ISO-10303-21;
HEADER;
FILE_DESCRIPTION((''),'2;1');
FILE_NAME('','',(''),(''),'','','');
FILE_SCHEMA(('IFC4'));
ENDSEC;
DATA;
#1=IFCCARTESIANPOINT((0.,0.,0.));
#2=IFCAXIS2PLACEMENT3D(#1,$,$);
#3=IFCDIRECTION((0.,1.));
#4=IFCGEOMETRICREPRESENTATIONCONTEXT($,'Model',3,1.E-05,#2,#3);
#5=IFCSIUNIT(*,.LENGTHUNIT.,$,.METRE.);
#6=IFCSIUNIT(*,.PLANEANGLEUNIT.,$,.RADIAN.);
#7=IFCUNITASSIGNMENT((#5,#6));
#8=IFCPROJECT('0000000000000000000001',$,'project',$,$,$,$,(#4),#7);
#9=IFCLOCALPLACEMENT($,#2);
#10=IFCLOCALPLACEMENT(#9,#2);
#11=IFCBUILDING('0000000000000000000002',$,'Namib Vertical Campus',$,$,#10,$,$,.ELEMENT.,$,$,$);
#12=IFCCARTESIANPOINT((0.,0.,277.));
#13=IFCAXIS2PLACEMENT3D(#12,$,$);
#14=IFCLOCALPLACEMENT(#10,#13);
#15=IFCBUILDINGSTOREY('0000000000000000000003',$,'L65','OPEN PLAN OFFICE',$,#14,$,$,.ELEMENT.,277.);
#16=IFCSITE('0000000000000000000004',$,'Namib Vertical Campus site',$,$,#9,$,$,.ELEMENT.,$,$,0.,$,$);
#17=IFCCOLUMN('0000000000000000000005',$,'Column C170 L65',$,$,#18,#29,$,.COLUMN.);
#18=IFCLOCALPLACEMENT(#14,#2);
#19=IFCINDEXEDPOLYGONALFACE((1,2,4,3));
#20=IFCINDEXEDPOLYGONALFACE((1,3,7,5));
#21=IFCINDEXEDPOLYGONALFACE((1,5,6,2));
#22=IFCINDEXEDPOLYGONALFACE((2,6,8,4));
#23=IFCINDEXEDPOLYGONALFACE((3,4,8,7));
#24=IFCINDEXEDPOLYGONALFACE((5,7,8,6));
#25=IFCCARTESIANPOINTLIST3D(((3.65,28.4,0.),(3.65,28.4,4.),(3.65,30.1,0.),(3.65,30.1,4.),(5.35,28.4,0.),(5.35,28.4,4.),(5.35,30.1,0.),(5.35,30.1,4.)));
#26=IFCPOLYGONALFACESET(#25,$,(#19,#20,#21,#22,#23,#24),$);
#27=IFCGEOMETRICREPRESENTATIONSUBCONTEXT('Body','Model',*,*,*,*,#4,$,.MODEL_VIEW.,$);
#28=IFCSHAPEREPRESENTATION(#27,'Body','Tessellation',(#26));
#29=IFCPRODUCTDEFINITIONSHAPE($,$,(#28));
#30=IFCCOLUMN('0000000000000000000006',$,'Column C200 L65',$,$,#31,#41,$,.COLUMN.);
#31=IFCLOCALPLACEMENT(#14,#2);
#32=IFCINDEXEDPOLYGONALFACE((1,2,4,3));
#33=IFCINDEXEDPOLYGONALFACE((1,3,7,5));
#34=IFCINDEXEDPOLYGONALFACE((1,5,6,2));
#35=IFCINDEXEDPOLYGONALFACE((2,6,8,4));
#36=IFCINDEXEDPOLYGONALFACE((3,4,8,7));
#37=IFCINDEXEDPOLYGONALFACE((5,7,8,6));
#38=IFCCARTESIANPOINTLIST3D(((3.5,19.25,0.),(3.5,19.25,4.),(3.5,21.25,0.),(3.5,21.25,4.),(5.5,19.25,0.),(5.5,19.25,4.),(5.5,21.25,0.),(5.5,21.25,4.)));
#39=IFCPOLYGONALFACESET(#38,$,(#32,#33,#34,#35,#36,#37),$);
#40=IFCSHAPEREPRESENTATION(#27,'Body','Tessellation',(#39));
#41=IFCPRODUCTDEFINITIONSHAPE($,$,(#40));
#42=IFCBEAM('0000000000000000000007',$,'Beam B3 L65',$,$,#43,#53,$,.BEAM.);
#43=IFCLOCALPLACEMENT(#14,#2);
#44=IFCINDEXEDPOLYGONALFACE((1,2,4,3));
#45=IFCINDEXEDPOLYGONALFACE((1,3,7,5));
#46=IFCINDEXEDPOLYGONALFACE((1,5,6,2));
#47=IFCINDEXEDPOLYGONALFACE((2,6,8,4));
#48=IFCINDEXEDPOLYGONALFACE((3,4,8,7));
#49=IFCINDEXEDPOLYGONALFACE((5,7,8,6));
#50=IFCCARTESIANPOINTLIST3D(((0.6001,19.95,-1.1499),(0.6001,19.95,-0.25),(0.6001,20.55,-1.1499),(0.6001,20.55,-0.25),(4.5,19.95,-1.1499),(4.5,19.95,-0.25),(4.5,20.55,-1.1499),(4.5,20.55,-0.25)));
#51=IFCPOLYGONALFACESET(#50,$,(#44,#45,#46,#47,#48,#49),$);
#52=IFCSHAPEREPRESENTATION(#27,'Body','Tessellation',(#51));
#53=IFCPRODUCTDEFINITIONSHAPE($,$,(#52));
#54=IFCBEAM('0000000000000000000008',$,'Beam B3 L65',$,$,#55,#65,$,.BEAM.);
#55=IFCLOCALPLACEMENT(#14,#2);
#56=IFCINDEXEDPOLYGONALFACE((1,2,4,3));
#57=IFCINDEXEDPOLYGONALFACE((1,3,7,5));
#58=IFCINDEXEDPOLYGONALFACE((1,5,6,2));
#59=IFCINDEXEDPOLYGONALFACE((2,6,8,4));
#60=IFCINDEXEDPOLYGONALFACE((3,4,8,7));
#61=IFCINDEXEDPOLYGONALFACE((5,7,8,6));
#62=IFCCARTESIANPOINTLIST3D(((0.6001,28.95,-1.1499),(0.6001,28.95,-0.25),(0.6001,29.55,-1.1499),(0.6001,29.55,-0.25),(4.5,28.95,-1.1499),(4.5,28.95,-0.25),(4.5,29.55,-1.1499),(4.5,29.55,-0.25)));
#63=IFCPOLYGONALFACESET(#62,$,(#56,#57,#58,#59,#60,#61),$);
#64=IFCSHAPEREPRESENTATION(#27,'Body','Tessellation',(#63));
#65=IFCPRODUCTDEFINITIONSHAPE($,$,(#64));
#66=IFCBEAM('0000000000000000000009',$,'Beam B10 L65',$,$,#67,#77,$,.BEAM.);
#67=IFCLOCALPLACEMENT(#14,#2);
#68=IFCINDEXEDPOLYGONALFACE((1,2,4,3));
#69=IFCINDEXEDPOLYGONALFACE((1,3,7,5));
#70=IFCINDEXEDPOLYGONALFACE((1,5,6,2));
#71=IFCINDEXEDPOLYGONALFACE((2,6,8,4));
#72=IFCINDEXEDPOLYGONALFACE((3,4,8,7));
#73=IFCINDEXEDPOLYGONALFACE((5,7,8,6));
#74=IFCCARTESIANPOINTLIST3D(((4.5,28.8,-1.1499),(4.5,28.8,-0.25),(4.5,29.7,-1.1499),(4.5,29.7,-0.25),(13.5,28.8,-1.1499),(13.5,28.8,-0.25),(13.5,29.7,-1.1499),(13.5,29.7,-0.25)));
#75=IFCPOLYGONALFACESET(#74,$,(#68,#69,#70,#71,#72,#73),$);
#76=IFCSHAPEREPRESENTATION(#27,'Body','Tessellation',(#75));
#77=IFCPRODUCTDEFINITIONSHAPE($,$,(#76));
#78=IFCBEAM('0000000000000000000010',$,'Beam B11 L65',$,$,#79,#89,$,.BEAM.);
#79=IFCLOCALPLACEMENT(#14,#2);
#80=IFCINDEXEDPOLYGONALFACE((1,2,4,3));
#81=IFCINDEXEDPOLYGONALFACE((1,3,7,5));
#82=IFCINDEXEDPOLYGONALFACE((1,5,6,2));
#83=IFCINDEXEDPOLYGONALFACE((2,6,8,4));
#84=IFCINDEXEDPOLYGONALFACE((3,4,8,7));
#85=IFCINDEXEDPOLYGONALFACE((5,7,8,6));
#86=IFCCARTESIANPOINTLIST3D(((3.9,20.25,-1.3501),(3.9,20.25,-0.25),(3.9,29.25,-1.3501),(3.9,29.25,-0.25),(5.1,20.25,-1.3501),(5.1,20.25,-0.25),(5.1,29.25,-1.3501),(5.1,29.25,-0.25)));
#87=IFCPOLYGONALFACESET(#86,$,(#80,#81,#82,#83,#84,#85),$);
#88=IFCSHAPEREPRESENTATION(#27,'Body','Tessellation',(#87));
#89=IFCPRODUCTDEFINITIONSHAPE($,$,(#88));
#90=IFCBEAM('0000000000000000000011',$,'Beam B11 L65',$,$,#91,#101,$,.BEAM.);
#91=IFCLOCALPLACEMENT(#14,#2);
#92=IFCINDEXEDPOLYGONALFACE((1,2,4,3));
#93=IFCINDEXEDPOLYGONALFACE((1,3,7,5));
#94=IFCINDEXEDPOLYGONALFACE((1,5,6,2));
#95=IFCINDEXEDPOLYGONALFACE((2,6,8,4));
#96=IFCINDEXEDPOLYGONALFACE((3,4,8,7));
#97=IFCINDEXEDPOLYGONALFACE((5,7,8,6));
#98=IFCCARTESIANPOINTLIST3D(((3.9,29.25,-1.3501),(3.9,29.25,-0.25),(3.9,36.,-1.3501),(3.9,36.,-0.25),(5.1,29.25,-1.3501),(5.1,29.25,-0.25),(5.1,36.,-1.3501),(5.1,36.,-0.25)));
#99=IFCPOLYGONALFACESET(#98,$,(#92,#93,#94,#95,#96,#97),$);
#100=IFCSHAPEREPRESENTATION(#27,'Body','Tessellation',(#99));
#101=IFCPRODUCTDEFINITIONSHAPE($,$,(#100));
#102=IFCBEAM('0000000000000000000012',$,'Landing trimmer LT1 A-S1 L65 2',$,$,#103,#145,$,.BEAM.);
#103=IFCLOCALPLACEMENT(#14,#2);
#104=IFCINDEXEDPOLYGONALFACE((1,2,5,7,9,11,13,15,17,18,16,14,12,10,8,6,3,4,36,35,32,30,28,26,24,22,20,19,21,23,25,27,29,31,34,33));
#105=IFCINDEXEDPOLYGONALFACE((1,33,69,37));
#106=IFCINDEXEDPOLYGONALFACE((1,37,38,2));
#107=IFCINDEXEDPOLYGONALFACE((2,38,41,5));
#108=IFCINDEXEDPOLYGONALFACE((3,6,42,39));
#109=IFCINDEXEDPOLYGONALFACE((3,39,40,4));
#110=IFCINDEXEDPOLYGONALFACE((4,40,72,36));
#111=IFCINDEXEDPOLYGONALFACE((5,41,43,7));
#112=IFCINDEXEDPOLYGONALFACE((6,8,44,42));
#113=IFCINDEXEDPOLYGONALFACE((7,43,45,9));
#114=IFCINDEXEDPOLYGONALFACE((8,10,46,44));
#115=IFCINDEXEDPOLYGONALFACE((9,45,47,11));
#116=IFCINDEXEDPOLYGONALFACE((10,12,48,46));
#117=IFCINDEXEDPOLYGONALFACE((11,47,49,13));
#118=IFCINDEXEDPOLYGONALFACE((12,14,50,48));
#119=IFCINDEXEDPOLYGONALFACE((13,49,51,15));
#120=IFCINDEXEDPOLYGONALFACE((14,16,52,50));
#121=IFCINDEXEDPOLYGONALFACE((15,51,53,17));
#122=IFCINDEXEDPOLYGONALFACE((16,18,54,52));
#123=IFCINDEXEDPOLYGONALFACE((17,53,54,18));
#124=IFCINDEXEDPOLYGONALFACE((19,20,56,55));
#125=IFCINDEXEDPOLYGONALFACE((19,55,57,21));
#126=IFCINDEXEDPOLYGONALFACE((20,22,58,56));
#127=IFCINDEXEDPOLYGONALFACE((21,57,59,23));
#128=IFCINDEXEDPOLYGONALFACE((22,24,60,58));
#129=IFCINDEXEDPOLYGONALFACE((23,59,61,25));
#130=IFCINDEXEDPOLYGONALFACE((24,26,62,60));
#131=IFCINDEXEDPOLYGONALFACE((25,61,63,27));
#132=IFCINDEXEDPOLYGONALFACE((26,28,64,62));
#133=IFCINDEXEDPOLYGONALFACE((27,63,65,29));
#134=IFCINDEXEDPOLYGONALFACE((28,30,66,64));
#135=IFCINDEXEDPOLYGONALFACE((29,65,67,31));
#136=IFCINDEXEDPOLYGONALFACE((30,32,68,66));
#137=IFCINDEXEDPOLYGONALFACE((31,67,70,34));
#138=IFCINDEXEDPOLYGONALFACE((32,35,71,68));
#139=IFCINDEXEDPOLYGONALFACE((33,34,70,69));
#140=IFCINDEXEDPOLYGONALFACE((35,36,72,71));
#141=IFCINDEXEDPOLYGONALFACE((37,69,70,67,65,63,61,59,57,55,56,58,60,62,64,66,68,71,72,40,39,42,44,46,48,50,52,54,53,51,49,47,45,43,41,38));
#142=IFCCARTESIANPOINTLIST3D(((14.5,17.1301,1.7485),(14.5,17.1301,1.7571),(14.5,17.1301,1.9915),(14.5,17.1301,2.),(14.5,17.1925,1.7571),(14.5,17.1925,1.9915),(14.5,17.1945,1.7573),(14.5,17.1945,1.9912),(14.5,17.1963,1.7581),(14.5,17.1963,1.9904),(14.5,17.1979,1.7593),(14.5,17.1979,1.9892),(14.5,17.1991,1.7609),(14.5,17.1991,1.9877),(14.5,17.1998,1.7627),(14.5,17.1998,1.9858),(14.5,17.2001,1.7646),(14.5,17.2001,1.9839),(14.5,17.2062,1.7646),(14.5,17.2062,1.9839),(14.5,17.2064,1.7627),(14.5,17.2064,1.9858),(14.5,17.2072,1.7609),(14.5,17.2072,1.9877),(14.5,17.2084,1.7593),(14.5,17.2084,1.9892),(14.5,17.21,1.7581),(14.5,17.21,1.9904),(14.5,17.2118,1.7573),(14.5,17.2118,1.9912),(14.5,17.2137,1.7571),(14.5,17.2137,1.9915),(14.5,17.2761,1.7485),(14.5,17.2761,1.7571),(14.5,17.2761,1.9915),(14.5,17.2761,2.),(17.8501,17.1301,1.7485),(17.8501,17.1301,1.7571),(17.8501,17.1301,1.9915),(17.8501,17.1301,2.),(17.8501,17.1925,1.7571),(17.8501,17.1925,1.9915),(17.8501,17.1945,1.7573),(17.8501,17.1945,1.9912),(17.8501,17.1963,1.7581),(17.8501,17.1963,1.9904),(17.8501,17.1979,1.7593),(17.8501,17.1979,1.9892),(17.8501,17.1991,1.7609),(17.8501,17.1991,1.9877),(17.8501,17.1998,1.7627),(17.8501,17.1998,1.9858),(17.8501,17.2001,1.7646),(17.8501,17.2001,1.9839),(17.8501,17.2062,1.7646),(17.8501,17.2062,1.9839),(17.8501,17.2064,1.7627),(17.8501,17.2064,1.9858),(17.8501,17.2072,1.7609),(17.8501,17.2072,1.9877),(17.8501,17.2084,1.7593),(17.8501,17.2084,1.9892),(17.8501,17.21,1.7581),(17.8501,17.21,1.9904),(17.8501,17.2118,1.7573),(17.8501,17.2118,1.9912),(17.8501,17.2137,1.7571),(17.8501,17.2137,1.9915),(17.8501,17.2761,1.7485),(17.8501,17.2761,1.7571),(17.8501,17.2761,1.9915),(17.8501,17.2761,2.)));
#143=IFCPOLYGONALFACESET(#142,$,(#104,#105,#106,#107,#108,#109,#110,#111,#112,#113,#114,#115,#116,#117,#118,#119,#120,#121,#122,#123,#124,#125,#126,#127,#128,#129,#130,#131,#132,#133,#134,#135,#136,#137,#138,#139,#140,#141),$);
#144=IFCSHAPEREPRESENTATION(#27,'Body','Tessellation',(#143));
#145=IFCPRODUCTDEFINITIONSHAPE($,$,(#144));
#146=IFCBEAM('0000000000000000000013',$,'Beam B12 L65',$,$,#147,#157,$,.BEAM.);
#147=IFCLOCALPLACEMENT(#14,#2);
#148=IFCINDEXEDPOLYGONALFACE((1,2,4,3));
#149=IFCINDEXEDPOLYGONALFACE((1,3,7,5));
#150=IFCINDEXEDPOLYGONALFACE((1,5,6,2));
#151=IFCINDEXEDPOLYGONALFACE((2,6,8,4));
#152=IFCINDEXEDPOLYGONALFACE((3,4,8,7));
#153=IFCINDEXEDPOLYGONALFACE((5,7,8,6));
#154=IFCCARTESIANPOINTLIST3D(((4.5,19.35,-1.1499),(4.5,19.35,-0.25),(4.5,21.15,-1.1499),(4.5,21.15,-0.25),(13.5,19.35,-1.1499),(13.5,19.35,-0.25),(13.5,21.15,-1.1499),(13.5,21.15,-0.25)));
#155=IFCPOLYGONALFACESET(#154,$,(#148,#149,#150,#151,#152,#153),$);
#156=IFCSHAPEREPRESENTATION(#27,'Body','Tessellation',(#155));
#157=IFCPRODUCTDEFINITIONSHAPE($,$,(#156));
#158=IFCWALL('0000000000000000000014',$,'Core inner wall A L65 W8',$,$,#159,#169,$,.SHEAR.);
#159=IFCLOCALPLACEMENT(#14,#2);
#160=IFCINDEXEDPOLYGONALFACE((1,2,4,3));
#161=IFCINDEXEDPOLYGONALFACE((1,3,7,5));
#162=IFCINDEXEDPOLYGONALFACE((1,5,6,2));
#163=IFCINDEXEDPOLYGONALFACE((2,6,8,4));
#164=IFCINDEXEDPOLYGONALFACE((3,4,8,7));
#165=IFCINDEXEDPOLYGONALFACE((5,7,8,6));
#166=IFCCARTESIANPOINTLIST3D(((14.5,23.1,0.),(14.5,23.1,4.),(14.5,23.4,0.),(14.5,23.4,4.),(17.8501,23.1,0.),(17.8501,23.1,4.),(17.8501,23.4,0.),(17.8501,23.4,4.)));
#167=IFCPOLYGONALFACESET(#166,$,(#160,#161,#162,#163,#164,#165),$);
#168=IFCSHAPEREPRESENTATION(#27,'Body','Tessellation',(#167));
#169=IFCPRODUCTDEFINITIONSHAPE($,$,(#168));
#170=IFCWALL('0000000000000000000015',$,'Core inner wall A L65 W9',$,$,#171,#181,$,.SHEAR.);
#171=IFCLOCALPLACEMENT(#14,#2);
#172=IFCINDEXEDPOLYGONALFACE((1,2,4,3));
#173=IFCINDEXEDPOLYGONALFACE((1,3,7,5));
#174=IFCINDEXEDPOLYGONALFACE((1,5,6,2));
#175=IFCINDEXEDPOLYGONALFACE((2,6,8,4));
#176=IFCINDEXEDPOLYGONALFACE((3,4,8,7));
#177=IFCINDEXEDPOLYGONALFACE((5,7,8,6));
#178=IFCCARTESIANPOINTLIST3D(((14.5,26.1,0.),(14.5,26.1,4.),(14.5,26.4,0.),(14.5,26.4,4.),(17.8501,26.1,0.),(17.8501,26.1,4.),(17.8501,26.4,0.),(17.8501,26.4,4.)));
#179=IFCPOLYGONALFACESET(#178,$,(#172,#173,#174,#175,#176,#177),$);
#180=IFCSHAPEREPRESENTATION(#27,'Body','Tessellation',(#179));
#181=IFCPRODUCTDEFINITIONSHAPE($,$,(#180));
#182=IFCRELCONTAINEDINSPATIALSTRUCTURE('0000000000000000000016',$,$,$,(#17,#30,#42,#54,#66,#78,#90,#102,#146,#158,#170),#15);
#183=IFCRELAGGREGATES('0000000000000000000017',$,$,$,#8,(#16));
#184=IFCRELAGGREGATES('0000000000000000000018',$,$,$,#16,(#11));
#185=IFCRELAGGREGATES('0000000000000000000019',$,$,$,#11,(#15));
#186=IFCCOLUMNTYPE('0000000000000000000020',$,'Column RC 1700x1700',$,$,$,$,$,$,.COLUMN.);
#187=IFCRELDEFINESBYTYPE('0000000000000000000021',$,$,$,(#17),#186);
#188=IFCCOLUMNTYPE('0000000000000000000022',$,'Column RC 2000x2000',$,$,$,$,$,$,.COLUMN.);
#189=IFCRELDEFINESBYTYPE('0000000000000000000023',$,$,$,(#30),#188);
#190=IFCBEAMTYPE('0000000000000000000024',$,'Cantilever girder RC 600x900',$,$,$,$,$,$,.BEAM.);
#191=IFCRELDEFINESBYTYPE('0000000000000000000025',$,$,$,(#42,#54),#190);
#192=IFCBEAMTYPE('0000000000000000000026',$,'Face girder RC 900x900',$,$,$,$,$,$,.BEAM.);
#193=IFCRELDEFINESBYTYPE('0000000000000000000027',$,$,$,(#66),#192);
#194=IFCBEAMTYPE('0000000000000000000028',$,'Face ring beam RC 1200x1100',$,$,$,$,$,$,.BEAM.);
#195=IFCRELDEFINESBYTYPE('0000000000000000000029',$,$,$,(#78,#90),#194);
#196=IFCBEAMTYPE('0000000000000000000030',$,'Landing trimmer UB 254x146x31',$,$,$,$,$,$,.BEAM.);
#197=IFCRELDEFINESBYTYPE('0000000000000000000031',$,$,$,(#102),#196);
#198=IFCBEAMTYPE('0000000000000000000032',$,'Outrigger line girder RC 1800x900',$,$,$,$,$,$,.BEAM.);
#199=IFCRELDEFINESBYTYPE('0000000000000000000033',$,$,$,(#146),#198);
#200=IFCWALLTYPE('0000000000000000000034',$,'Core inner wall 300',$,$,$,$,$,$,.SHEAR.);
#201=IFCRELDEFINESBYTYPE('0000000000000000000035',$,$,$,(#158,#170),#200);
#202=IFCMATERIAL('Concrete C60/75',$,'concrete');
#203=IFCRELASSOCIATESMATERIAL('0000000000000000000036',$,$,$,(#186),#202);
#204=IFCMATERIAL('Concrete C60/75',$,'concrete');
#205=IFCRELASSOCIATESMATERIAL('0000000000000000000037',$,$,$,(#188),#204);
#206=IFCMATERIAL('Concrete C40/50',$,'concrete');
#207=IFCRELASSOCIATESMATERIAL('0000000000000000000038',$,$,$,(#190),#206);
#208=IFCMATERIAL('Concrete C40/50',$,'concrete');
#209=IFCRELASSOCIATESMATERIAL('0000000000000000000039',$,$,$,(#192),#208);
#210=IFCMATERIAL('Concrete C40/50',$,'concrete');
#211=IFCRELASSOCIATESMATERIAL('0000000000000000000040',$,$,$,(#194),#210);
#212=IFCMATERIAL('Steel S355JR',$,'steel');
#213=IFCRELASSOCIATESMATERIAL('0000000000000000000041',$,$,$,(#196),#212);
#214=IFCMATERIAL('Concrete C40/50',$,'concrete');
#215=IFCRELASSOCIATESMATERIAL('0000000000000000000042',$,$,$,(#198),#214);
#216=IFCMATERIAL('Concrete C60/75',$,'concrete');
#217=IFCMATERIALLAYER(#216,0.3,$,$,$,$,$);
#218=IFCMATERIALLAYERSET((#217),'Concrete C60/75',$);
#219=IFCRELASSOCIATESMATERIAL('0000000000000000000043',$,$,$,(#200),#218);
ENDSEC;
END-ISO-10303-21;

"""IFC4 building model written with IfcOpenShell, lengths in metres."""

from ifc_helpers import new_model, si_unit, direction, frame, frame_2d, origin, origin_2d, place, context, subcontext, project, spatial, rectangle, i_section, extrude, material, layer, layer_set, material_profile, profile_set, type_object, element, save


model = new_model("IFC4")

# Units and contexts
model_context = context("Model", 3, precision=1e-05, world=origin(), true_north=direction((0.0, 1.0)))
body_context = subcontext(model_context, "Body", "Model", "MODEL_VIEW")
ifc_project = project(units=[si_unit("LENGTHUNIT", "METRE"), si_unit("PLANEANGLEUNIT", "RADIAN")], contexts=[model_context])

# Site, building, storey
site_placement = place(None, origin())
site = spatial("IfcSite", under=ifc_project, at=site_placement, Name="Namib Vertical Campus site", CompositionType="ELEMENT", RefElevation=0.0)
building_placement = place(site_placement, origin())
building = spatial("IfcBuilding", under=site, at=building_placement, Name="Namib Vertical Campus", CompositionType="ELEMENT")
storey_placement = place(building_placement, frame((0.0, 0.0, 277.0)))
storey = spatial("IfcBuildingStorey", under=building, at=storey_placement, Name="L65", Description="OPEN PLAN OFFICE", CompositionType="ELEMENT", Elevation=277.0)

# Columns
ifc_material_1 = material(Name="Concrete C60/75", Category="concrete")
ifc_material_profile_1 = material_profile(ifc_material_1, rectangle(XDim=1.7, YDim=1.7, at=origin_2d()))
ifc_profile_set_1 = profile_set([ifc_material_profile_1], Name="Concrete C60/75")
column_type_1 = type_object("IfcColumnType", Name="Column RC 1700x1700", PredefinedType="COLUMN", material=ifc_profile_set_1)
column_1_placement = place(storey_placement, frame((4.5, 29.25, 0.0), z_axis=(0.0, 0.0, 1.0), x_axis=(1.0, 0.0, 0.0)))
element("IfcColumn", 1, at=column_1_placement, inside=storey, type_object=column_type_1, Name="Column C170 L65", PredefinedType="COLUMN", context=body_context, shape_type="SweptSolid", body=[
    extrude(rectangle(XDim=1.7, YDim=1.7, at=origin_2d()), origin(), (0.0, 0.0, 1.0), 4.0),
])
ifc_material_2 = material(Name="Concrete C60/75", Category="concrete")
ifc_material_profile_2 = material_profile(ifc_material_2, rectangle(XDim=2.0, YDim=2.0, at=origin_2d()))
ifc_profile_set_2 = profile_set([ifc_material_profile_2], Name="Concrete C60/75")
column_type_2 = type_object("IfcColumnType", Name="Column RC 2000x2000", PredefinedType="COLUMN", material=ifc_profile_set_2)
column_2_placement = place(storey_placement, frame((4.5, 20.25, 0.0), z_axis=(0.0, 0.0, 1.0), x_axis=(1.0, 0.0, 0.0)))
element("IfcColumn", 2, at=column_2_placement, inside=storey, type_object=column_type_2, Name="Column C200 L65", PredefinedType="COLUMN", context=body_context, shape_type="SweptSolid", body=[
    extrude(rectangle(XDim=2.0, YDim=2.0, at=origin_2d()), origin(), (0.0, 0.0, 1.0), 4.0),
])

# Beams
ifc_material_3 = material(Name="Concrete C40/50", Category="concrete")
ifc_material_profile_3 = material_profile(ifc_material_3, rectangle(XDim=0.6001, YDim=0.8999, at=origin_2d()))
ifc_profile_set_3 = profile_set([ifc_material_profile_3], Name="Concrete C40/50")
beam_type_1 = type_object("IfcBeamType", Name="Cantilever girder RC 600x900", PredefinedType="BEAM", material=ifc_profile_set_3)
for number, where, z_axis, x_axis, name in (
    (3, (4.5, 20.25, -0.7), (-1.0, 0.0, 0.0), (0.0, -1.0, 0.0), "Beam B3 L65"),
    (4, (4.5, 29.25, -0.7), (-1.0, 0.0, 0.0), (0.0, -1.0, 0.0), "Beam B3 L65"),
):
    element("IfcBeam", number, at=place(storey_placement, frame(where, z_axis=z_axis, x_axis=x_axis)), inside=storey, type_object=beam_type_1, Name=name, PredefinedType="BEAM", context=body_context, shape_type="SweptSolid", body=[
        extrude(rectangle(XDim=0.6001, YDim=0.8999, at=origin_2d()), origin(), (0.0, 0.0, 1.0), 3.8999),
    ])
ifc_material_4 = material(Name="Concrete C40/50", Category="concrete")
ifc_material_profile_4 = material_profile(ifc_material_4, rectangle(XDim=0.8999, YDim=0.8999, at=origin_2d()))
ifc_profile_set_4 = profile_set([ifc_material_profile_4], Name="Concrete C40/50")
beam_type_2 = type_object("IfcBeamType", Name="Face girder RC 900x900", PredefinedType="BEAM", material=ifc_profile_set_4)
beam_1_placement = place(storey_placement, frame((4.5, 29.25, -0.7), z_axis=(1.0, 0.0, 0.0), x_axis=(0.0, 1.0, 0.0)))
element("IfcBeam", 5, at=beam_1_placement, inside=storey, type_object=beam_type_2, Name="Beam B10 L65", PredefinedType="BEAM", context=body_context, shape_type="SweptSolid", body=[
    extrude(rectangle(XDim=0.8999, YDim=0.8999, at=origin_2d()), origin(), (0.0, 0.0, 1.0), 9.0),
])
ifc_material_5 = material(Name="Concrete C40/50", Category="concrete")
ifc_material_profile_5 = material_profile(ifc_material_5, rectangle(XDim=1.2, YDim=1.1001, at=origin_2d()))
ifc_profile_set_5 = profile_set([ifc_material_profile_5], Name="Concrete C40/50")
beam_type_3 = type_object("IfcBeamType", Name="Face ring beam RC 1200x1100", PredefinedType="BEAM", material=ifc_profile_set_5)
beam_2_placement = place(storey_placement, frame((4.5, 20.25, -0.8), z_axis=(0.0, 1.0, 0.0), x_axis=(-1.0, 0.0, 0.0)))
element("IfcBeam", 6, at=beam_2_placement, inside=storey, type_object=beam_type_3, Name="Beam B11 L65", PredefinedType="BEAM", context=body_context, shape_type="SweptSolid", body=[
    extrude(rectangle(XDim=1.2, YDim=1.1001, at=origin_2d()), origin(), (0.0, 0.0, 1.0), 9.0),
])
beam_3_placement = place(storey_placement, frame((4.5, 29.25, -0.8), z_axis=(0.0, 1.0, 0.0), x_axis=(-1.0, 0.0, 0.0)))
element("IfcBeam", 7, at=beam_3_placement, inside=storey, type_object=beam_type_3, Name="Beam B11 L65", PredefinedType="BEAM", context=body_context, shape_type="SweptSolid", body=[
    extrude(rectangle(XDim=1.2, YDim=1.1001, at=origin_2d()), origin(), (0.0, 0.0, 1.0), 6.75),
])
ifc_material_6 = material(Name="Steel S355JR", Category="steel")
ifc_material_profile_6 = material_profile(ifc_material_6, i_section(OverallWidth=0.146, OverallDepth=0.2515, WebThickness=0.0061, FlangeThickness=0.0085, FilletRadius=0.0076, at=origin_2d()))
ifc_profile_set_6 = profile_set([ifc_material_profile_6], Name="Steel S355JR")
beam_type_4 = type_object("IfcBeamType", Name="Landing trimmer UB 254x146x31", PredefinedType="BEAM", material=ifc_profile_set_6)
beam_4_placement = place(storey_placement, frame((14.5, 17.2031, 1.8743), z_axis=(1.0, 0.0, 0.0), x_axis=(0.0, 1.0, 0.0)))
element("IfcBeam", 8, at=beam_4_placement, inside=storey, type_object=beam_type_4, Name="Landing trimmer LT1 A-S1 L65 2", PredefinedType="BEAM", context=body_context, shape_type="SweptSolid", body=[
    extrude(i_section(OverallWidth=0.146, OverallDepth=0.2515, WebThickness=0.0061, FlangeThickness=0.0085, FilletRadius=0.0076, at=origin_2d()), origin(), (0.0, 0.0, 1.0), 3.3501),
])
ifc_material_7 = material(Name="Concrete C40/50", Category="concrete")
ifc_material_profile_7 = material_profile(ifc_material_7, rectangle(XDim=1.8, YDim=0.8999, at=origin_2d()))
ifc_profile_set_7 = profile_set([ifc_material_profile_7], Name="Concrete C40/50")
beam_type_5 = type_object("IfcBeamType", Name="Outrigger line girder RC 1800x900", PredefinedType="BEAM", material=ifc_profile_set_7)
beam_5_placement = place(storey_placement, frame((4.5, 20.25, -0.7), z_axis=(1.0, 0.0, 0.0), x_axis=(0.0, 1.0, 0.0)))
element("IfcBeam", 9, at=beam_5_placement, inside=storey, type_object=beam_type_5, Name="Beam B12 L65", PredefinedType="BEAM", context=body_context, shape_type="SweptSolid", body=[
    extrude(rectangle(XDim=1.8, YDim=0.8999, at=origin_2d()), origin(), (0.0, 0.0, 1.0), 9.0),
])

# Walls
ifc_material_8 = material(Name="Concrete C60/75", Category="concrete")
ifc_layer_1 = layer(ifc_material_8, 0.3)
ifc_layer_set_1 = layer_set([ifc_layer_1], Name="Concrete C60/75")
wall_type_1 = type_object("IfcWallType", Name="Core inner wall 300", PredefinedType="SHEAR", material=ifc_layer_set_1)
for number, where, z_axis, x_axis, name in (
    (10, (14.5, 23.25, 0.0), (0.0, 0.0, 1.0), (1.0, 0.0, 0.0), "Core inner wall A L65 W8"),
    (11, (14.5, 26.25, 0.0), (0.0, 0.0, 1.0), (1.0, 0.0, 0.0), "Core inner wall A L65 W9"),
):
    element("IfcWall", number, at=place(storey_placement, frame(where, z_axis=z_axis, x_axis=x_axis)), inside=storey, type_object=wall_type_1, Name=name, PredefinedType="SHEAR", context=body_context, shape_type="SweptSolid", body=[
        extrude(rectangle(XDim=3.3501, YDim=0.3, at=frame_2d((1.675, 0.0))), origin(), (0.0, 0.0, 1.0), 4.0),
    ])

save(model, "model.ifc")
